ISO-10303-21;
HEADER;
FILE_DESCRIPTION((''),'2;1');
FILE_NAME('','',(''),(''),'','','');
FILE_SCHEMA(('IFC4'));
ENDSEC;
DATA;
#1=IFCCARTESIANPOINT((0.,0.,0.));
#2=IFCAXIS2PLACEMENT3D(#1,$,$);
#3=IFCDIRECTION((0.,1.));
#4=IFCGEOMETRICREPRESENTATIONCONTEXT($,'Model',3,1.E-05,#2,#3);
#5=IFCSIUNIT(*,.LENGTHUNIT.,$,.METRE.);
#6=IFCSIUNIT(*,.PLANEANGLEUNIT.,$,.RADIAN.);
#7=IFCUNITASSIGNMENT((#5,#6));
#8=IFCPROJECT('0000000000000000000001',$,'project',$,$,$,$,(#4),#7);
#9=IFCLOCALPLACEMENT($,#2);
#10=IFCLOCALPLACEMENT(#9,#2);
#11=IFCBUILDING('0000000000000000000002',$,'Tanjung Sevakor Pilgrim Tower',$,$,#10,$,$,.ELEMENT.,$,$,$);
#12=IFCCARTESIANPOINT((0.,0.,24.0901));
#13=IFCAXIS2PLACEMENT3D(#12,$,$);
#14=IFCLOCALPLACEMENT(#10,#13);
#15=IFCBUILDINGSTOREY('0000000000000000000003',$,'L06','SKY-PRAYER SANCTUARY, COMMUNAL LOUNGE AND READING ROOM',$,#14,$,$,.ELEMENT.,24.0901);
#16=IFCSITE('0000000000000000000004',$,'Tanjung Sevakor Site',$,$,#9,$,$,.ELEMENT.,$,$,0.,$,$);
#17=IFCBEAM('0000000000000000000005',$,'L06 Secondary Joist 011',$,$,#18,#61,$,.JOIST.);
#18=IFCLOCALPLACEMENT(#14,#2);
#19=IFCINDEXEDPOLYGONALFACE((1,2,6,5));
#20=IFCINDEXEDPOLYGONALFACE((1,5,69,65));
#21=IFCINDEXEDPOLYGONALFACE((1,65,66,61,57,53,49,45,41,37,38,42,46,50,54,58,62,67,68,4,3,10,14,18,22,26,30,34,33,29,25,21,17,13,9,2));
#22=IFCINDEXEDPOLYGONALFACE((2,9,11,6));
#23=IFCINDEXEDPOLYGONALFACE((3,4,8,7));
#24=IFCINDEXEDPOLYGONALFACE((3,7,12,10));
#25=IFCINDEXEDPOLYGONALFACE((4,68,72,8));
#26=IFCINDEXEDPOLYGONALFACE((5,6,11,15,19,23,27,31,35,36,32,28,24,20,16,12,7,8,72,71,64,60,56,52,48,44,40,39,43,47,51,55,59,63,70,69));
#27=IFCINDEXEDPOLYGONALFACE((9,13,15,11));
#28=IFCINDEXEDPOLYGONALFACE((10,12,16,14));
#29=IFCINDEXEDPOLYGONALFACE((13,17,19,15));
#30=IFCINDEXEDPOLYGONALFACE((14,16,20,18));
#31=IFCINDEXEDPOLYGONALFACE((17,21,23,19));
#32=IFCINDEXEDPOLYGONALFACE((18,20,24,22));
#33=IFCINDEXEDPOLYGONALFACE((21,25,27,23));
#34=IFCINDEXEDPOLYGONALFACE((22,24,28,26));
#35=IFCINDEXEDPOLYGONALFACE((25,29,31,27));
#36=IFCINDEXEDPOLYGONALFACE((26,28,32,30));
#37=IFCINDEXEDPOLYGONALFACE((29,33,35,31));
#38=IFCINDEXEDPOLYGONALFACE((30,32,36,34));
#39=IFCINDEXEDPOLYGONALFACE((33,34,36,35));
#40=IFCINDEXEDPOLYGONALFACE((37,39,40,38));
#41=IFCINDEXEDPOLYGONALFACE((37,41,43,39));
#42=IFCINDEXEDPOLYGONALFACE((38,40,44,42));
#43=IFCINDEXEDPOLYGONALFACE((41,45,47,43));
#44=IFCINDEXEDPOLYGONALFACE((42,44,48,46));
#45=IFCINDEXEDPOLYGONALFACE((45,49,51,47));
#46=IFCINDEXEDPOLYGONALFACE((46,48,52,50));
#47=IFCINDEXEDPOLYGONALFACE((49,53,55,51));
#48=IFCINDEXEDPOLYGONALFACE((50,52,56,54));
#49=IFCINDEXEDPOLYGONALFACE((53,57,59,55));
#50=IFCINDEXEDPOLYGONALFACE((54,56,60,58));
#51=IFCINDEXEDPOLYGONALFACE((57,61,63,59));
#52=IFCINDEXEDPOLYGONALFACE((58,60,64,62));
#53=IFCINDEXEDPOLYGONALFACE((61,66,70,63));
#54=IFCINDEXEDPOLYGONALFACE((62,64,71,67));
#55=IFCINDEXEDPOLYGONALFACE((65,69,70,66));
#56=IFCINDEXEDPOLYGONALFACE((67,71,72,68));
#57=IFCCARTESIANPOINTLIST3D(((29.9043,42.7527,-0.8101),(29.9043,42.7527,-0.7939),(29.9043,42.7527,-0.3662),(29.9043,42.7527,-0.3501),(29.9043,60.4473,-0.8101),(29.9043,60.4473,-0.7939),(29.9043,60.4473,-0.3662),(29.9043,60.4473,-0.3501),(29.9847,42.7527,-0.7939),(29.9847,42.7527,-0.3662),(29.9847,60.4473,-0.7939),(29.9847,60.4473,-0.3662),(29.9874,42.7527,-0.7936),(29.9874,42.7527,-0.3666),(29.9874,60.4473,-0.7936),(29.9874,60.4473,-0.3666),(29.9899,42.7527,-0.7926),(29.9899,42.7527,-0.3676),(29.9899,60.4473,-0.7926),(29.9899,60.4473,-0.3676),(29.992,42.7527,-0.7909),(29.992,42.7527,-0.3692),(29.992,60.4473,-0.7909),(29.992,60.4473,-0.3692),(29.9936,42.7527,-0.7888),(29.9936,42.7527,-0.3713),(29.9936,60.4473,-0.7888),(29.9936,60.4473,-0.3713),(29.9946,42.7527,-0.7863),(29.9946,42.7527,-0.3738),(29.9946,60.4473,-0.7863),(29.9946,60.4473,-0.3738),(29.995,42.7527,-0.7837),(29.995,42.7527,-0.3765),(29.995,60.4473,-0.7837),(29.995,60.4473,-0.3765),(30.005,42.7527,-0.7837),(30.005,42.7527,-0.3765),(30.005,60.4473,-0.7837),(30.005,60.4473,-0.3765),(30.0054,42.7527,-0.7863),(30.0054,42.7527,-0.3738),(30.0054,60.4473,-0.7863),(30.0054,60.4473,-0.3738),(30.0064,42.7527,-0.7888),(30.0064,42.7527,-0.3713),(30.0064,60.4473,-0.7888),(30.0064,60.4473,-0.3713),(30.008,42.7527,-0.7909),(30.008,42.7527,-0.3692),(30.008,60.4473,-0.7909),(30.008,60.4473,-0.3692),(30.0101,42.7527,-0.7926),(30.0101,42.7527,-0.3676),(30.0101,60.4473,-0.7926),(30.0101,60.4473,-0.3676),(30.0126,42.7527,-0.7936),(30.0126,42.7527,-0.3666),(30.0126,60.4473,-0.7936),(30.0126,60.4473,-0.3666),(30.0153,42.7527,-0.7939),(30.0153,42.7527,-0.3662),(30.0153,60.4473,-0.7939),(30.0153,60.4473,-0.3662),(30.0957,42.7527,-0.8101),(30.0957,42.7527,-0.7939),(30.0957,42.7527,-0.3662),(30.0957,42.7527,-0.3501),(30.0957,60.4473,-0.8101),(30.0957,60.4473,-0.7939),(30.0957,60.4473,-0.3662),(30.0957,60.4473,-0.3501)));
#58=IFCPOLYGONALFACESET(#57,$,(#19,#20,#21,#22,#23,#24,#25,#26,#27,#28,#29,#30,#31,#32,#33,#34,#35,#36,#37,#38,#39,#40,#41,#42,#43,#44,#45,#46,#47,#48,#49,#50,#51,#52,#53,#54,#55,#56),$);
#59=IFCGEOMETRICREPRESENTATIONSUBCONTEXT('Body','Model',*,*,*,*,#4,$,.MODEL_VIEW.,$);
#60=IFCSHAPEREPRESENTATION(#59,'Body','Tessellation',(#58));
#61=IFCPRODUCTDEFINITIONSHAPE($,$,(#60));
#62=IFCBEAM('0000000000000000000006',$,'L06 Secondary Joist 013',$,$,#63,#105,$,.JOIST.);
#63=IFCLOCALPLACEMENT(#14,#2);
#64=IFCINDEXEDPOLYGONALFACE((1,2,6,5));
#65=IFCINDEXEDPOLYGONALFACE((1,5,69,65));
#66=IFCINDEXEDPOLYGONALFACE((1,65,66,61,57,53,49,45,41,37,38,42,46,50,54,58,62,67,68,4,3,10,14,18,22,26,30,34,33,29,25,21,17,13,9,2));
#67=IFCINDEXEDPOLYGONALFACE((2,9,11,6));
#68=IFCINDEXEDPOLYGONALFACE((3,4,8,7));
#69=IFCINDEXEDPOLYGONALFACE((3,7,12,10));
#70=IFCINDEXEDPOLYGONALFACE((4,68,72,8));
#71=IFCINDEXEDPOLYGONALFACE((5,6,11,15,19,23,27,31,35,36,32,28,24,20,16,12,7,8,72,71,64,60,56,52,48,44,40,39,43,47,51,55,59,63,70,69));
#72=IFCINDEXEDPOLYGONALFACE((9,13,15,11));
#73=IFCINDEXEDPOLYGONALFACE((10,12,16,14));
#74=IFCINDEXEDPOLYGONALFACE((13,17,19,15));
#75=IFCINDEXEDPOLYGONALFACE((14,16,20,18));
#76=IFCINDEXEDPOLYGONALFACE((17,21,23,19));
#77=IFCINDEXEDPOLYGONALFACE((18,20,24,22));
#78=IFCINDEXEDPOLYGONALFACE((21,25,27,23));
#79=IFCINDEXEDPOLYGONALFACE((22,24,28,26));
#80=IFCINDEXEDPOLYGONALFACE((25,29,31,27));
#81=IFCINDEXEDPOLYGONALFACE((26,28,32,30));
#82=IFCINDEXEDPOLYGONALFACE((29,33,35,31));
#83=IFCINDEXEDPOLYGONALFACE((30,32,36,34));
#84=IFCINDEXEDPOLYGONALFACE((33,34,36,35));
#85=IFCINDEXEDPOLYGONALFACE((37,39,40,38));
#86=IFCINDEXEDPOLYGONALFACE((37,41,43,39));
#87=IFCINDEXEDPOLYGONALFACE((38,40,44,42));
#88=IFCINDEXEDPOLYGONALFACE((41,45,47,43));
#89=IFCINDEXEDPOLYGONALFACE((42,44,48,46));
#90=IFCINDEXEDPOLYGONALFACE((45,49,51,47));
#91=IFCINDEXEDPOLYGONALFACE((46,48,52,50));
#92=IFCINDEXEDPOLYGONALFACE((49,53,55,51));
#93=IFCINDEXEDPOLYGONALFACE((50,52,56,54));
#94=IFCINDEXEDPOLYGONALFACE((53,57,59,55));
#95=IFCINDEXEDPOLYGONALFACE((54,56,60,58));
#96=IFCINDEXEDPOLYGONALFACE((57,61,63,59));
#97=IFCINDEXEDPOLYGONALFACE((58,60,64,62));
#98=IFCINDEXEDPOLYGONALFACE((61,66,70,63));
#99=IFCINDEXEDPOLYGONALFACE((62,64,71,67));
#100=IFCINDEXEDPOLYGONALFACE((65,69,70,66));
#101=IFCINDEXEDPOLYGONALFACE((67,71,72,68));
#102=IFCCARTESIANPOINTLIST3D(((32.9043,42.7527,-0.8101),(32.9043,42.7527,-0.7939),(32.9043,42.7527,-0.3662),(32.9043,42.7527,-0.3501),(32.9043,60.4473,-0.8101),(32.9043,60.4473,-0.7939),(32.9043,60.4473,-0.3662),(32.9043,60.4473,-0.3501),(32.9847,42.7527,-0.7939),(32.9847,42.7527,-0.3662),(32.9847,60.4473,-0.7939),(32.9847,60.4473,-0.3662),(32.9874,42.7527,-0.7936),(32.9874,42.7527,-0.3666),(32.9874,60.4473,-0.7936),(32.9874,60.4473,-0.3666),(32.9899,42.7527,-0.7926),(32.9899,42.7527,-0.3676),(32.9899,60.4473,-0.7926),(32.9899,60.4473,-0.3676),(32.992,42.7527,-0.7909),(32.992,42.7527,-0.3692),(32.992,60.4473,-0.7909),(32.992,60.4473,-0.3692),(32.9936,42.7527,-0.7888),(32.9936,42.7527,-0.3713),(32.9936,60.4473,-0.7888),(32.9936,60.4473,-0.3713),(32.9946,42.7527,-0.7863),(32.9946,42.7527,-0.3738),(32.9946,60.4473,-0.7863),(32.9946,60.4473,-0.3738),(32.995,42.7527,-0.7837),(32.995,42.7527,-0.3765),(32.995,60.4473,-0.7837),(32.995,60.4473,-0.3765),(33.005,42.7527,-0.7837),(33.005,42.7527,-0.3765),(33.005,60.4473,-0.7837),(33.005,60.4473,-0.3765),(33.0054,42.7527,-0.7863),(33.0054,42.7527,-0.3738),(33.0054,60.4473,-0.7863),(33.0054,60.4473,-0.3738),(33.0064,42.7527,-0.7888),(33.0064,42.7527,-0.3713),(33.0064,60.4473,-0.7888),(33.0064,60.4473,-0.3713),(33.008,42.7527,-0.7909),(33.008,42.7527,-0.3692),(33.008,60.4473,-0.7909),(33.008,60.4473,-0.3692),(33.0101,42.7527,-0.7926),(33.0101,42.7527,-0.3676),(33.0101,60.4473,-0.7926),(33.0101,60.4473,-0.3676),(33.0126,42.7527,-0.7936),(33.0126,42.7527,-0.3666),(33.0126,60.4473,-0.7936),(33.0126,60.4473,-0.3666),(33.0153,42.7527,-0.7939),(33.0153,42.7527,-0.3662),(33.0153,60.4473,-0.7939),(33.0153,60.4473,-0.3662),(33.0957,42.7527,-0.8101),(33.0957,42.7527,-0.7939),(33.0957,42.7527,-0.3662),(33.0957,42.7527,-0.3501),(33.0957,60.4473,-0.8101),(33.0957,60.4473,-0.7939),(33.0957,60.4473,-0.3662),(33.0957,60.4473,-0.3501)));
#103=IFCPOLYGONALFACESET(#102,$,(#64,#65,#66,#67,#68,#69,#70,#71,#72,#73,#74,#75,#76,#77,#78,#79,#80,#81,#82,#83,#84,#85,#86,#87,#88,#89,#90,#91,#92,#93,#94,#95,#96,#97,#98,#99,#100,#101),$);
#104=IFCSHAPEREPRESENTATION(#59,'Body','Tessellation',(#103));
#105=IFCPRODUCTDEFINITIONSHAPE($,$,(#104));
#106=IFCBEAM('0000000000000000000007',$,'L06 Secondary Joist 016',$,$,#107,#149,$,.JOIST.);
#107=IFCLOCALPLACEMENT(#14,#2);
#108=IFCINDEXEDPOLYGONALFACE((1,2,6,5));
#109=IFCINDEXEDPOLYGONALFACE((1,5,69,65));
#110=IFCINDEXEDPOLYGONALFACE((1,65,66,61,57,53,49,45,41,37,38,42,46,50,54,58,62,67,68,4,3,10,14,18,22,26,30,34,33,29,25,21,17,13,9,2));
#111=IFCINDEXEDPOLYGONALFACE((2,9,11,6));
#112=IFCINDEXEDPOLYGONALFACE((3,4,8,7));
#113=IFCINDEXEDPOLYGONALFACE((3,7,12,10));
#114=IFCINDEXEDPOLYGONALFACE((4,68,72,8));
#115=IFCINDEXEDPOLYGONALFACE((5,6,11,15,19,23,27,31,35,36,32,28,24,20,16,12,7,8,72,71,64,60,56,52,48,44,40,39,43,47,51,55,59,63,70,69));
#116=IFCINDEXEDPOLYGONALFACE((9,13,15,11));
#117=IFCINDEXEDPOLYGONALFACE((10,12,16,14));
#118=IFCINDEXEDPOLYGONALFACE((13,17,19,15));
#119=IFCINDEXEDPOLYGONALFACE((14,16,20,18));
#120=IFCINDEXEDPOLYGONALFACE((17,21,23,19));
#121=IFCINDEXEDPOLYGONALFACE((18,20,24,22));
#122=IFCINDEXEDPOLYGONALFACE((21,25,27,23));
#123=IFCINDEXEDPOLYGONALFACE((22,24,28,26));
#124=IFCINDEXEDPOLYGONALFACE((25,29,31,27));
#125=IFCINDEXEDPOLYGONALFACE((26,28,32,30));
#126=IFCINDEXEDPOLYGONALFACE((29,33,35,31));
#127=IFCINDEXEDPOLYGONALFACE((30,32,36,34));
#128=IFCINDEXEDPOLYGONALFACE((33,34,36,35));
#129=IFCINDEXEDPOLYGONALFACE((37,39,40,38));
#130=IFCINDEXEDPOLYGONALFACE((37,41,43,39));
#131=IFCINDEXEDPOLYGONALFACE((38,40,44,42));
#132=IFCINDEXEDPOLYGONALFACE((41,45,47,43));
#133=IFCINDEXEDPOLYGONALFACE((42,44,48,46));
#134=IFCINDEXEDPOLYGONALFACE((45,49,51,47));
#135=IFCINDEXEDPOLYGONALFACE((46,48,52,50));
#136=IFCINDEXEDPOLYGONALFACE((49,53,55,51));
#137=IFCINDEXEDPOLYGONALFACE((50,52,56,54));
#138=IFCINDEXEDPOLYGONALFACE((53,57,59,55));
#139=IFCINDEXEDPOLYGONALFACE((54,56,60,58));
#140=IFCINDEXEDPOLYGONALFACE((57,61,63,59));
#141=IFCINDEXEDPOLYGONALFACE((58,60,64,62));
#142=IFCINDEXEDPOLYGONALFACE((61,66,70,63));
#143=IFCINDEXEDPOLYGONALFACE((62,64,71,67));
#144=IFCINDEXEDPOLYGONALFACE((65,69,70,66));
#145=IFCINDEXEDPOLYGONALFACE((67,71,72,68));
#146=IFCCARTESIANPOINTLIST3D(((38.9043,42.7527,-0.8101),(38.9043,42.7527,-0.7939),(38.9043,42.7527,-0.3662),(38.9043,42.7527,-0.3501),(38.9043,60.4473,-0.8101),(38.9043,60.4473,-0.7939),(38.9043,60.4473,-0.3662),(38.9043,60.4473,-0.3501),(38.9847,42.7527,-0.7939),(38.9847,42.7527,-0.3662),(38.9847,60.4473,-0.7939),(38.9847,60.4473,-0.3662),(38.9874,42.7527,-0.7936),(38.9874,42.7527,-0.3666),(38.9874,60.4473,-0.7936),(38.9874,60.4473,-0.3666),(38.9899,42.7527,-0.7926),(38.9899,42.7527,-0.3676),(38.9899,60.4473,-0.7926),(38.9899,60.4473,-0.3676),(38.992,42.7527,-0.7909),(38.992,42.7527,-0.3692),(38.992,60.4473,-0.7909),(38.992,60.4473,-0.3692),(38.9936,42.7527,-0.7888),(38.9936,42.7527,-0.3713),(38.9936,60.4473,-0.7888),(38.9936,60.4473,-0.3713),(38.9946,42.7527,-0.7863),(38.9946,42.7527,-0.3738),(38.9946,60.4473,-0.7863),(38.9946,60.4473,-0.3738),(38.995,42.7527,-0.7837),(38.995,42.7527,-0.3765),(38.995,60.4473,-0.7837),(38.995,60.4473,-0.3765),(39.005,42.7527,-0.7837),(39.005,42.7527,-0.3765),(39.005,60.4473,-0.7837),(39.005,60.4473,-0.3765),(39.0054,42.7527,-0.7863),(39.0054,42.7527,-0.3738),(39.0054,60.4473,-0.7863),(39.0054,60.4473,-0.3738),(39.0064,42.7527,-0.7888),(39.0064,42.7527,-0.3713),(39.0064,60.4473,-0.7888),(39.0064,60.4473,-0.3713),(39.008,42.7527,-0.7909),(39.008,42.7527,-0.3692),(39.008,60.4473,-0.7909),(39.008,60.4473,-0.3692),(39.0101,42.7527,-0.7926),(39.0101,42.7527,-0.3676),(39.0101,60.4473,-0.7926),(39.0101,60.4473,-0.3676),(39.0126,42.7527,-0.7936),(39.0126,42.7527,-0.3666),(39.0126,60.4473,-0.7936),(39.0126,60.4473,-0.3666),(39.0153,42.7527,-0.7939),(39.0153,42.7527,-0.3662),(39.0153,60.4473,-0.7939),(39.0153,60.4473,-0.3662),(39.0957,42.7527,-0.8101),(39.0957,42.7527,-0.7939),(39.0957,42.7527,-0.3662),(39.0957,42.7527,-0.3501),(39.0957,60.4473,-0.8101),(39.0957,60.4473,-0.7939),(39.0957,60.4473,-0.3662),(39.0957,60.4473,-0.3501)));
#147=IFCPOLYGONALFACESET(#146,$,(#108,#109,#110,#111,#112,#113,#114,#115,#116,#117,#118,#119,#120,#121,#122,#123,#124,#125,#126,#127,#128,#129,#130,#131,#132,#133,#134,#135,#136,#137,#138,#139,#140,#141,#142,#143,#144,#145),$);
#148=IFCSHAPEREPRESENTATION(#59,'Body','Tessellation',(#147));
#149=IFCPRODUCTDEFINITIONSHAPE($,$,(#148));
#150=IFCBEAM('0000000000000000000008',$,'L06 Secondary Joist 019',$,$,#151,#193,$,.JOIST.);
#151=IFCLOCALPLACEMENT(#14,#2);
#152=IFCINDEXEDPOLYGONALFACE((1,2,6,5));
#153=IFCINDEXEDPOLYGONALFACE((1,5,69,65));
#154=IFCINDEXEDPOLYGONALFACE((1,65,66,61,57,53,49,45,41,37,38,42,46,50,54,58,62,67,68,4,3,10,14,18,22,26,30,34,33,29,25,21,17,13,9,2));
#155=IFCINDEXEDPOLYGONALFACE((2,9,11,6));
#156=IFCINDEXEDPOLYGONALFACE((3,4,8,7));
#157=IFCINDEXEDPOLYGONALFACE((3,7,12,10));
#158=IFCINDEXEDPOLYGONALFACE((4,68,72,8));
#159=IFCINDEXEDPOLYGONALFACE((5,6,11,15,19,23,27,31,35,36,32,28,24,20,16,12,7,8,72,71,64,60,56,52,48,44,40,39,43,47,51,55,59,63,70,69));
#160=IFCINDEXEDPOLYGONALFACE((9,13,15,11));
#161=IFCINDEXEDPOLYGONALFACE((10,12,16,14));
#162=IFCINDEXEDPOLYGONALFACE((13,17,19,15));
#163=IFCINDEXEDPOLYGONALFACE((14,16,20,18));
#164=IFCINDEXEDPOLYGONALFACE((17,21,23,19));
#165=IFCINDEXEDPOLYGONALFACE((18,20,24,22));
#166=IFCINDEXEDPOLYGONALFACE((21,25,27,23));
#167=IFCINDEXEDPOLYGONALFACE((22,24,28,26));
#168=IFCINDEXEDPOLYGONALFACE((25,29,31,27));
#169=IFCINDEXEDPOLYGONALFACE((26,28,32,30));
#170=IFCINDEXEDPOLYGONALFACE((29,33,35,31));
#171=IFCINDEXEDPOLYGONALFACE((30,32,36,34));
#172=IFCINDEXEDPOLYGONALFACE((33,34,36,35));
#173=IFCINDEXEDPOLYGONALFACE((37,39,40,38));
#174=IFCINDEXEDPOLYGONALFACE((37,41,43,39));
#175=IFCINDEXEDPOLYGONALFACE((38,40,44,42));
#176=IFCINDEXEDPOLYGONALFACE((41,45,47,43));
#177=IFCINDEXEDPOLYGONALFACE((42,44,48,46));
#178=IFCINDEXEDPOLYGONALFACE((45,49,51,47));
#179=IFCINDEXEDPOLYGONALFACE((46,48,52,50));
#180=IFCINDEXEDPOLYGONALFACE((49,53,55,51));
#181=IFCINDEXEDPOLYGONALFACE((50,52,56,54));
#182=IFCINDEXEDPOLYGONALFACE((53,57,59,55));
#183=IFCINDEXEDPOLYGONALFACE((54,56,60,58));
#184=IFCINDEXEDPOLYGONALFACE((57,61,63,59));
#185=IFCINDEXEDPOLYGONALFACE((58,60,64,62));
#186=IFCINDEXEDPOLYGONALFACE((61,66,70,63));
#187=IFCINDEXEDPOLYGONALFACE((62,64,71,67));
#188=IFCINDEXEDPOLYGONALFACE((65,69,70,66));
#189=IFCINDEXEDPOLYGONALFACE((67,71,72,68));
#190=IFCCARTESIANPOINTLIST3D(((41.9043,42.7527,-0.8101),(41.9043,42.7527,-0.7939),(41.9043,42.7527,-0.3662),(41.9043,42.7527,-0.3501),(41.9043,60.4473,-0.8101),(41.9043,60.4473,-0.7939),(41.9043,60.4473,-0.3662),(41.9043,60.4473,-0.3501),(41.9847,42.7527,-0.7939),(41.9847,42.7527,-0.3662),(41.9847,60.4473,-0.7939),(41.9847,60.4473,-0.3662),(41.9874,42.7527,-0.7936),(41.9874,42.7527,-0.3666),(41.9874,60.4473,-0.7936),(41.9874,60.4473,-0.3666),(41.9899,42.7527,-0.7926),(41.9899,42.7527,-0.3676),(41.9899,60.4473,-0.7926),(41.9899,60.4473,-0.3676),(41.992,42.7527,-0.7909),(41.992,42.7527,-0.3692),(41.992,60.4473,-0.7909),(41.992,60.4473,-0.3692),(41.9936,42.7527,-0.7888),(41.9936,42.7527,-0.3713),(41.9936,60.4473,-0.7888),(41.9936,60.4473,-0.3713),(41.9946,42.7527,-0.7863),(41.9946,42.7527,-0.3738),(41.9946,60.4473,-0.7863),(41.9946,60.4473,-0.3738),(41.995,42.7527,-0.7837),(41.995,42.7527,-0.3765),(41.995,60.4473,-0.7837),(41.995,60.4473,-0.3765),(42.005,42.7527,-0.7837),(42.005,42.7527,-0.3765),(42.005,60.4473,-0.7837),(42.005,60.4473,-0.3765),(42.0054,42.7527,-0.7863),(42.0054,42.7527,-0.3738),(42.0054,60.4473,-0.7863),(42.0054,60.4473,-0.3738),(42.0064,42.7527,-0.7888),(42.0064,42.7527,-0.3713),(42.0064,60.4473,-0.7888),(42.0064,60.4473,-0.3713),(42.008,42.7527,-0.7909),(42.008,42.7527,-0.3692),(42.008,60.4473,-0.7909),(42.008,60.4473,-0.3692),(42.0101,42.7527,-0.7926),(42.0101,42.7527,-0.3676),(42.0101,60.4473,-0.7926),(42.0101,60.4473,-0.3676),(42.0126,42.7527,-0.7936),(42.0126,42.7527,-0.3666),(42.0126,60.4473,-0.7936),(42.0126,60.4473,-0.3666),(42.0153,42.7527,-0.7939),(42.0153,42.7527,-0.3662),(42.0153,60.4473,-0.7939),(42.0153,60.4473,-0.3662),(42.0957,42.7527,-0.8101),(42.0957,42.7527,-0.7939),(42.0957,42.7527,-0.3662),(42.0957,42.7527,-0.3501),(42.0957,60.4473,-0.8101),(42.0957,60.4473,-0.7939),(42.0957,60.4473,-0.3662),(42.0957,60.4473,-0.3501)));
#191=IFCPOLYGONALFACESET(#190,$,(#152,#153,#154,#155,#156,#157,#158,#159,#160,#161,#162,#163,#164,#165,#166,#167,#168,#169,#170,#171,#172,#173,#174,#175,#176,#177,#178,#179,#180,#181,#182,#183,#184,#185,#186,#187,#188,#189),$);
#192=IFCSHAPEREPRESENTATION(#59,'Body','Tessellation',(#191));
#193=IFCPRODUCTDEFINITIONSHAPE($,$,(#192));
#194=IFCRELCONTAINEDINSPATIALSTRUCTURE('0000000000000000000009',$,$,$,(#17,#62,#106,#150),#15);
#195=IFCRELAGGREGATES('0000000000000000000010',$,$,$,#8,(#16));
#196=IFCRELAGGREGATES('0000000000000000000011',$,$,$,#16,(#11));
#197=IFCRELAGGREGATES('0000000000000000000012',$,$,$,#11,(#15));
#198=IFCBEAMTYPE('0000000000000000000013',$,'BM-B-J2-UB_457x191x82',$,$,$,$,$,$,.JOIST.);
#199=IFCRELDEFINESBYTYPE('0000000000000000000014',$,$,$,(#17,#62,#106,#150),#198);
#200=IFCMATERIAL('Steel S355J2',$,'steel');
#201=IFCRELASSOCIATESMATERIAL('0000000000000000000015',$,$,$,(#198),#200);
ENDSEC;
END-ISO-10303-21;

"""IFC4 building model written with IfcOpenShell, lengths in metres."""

from ifc_helpers import new_model, si_unit, direction, frame, origin, origin_2d, place, context, subcontext, project, spatial, i_section, extrude, material, material_profile, profile_set, type_object, element, save


model = new_model("IFC4")

# Units and contexts
model_context = context("Model", 3, precision=1e-05, world=origin(), true_north=direction((0.0, 1.0)))
body_context = subcontext(model_context, "Body", "Model", "MODEL_VIEW")
ifc_project = project(units=[si_unit("LENGTHUNIT", "METRE"), si_unit("PLANEANGLEUNIT", "RADIAN")], contexts=[model_context])

# Site, building, storey
site_placement = place(None, origin())
site = spatial("IfcSite", under=ifc_project, at=site_placement, Name="Tanjung Sevakor Site", CompositionType="ELEMENT", RefElevation=0.0)
building_placement = place(site_placement, origin())
building = spatial("IfcBuilding", under=site, at=building_placement, Name="Tanjung Sevakor Pilgrim Tower", CompositionType="ELEMENT")
storey_placement = place(building_placement, frame((0.0, 0.0, 24.0901)))
storey = spatial("IfcBuildingStorey", under=building, at=storey_placement, Name="L06", Description="SKY-PRAYER SANCTUARY, COMMUNAL LOUNGE AND READING ROOM", CompositionType="ELEMENT", Elevation=24.0901)

# Beams
ifc_material_1 = material(Name="Steel S355J2", Category="steel")
ifc_material_profile_1 = material_profile(ifc_material_1, i_section(OverallWidth=0.1914, OverallDepth=0.46, WebThickness=0.01, FlangeThickness=0.0161, FilletRadius=0.0103, at=origin_2d()))
ifc_profile_set_1 = profile_set([ifc_material_profile_1], Name="Steel S355J2")
beam_type_1 = type_object("IfcBeamType", Name="BM-B-J2-UB_457x191x82", PredefinedType="JOIST", material=ifc_profile_set_1)
for number, where, z_axis, x_axis, name in (
    (1, (30.0, 42.7527, -0.5801), (0.0, 1.0, 0.0), (-1.0, 0.0, 0.0), "L06 Secondary Joist 011"),
    (2, (33.0, 42.7527, -0.5801), (0.0, 1.0, 0.0), (-1.0, 0.0, 0.0), "L06 Secondary Joist 013"),
    (3, (39.0, 42.7527, -0.5801), (0.0, 1.0, 0.0), (-1.0, 0.0, 0.0), "L06 Secondary Joist 016"),
    (4, (42.0, 42.7527, -0.5801), (0.0, 1.0, 0.0), (-1.0, 0.0, 0.0), "L06 Secondary Joist 019"),
):
    element("IfcBeam", number, at=place(storey_placement, frame(where, z_axis=z_axis, x_axis=x_axis)), inside=storey, type_object=beam_type_1, Name=name, PredefinedType="JOIST", context=body_context, shape_type="SweptSolid", body=[
        extrude(i_section(OverallWidth=0.1914, OverallDepth=0.46, WebThickness=0.01, FlangeThickness=0.0161, FilletRadius=0.0103, at=origin_2d()), origin(), (0.0, 0.0, 1.0), 17.6946),
    ])

save(model, "model.ifc")
